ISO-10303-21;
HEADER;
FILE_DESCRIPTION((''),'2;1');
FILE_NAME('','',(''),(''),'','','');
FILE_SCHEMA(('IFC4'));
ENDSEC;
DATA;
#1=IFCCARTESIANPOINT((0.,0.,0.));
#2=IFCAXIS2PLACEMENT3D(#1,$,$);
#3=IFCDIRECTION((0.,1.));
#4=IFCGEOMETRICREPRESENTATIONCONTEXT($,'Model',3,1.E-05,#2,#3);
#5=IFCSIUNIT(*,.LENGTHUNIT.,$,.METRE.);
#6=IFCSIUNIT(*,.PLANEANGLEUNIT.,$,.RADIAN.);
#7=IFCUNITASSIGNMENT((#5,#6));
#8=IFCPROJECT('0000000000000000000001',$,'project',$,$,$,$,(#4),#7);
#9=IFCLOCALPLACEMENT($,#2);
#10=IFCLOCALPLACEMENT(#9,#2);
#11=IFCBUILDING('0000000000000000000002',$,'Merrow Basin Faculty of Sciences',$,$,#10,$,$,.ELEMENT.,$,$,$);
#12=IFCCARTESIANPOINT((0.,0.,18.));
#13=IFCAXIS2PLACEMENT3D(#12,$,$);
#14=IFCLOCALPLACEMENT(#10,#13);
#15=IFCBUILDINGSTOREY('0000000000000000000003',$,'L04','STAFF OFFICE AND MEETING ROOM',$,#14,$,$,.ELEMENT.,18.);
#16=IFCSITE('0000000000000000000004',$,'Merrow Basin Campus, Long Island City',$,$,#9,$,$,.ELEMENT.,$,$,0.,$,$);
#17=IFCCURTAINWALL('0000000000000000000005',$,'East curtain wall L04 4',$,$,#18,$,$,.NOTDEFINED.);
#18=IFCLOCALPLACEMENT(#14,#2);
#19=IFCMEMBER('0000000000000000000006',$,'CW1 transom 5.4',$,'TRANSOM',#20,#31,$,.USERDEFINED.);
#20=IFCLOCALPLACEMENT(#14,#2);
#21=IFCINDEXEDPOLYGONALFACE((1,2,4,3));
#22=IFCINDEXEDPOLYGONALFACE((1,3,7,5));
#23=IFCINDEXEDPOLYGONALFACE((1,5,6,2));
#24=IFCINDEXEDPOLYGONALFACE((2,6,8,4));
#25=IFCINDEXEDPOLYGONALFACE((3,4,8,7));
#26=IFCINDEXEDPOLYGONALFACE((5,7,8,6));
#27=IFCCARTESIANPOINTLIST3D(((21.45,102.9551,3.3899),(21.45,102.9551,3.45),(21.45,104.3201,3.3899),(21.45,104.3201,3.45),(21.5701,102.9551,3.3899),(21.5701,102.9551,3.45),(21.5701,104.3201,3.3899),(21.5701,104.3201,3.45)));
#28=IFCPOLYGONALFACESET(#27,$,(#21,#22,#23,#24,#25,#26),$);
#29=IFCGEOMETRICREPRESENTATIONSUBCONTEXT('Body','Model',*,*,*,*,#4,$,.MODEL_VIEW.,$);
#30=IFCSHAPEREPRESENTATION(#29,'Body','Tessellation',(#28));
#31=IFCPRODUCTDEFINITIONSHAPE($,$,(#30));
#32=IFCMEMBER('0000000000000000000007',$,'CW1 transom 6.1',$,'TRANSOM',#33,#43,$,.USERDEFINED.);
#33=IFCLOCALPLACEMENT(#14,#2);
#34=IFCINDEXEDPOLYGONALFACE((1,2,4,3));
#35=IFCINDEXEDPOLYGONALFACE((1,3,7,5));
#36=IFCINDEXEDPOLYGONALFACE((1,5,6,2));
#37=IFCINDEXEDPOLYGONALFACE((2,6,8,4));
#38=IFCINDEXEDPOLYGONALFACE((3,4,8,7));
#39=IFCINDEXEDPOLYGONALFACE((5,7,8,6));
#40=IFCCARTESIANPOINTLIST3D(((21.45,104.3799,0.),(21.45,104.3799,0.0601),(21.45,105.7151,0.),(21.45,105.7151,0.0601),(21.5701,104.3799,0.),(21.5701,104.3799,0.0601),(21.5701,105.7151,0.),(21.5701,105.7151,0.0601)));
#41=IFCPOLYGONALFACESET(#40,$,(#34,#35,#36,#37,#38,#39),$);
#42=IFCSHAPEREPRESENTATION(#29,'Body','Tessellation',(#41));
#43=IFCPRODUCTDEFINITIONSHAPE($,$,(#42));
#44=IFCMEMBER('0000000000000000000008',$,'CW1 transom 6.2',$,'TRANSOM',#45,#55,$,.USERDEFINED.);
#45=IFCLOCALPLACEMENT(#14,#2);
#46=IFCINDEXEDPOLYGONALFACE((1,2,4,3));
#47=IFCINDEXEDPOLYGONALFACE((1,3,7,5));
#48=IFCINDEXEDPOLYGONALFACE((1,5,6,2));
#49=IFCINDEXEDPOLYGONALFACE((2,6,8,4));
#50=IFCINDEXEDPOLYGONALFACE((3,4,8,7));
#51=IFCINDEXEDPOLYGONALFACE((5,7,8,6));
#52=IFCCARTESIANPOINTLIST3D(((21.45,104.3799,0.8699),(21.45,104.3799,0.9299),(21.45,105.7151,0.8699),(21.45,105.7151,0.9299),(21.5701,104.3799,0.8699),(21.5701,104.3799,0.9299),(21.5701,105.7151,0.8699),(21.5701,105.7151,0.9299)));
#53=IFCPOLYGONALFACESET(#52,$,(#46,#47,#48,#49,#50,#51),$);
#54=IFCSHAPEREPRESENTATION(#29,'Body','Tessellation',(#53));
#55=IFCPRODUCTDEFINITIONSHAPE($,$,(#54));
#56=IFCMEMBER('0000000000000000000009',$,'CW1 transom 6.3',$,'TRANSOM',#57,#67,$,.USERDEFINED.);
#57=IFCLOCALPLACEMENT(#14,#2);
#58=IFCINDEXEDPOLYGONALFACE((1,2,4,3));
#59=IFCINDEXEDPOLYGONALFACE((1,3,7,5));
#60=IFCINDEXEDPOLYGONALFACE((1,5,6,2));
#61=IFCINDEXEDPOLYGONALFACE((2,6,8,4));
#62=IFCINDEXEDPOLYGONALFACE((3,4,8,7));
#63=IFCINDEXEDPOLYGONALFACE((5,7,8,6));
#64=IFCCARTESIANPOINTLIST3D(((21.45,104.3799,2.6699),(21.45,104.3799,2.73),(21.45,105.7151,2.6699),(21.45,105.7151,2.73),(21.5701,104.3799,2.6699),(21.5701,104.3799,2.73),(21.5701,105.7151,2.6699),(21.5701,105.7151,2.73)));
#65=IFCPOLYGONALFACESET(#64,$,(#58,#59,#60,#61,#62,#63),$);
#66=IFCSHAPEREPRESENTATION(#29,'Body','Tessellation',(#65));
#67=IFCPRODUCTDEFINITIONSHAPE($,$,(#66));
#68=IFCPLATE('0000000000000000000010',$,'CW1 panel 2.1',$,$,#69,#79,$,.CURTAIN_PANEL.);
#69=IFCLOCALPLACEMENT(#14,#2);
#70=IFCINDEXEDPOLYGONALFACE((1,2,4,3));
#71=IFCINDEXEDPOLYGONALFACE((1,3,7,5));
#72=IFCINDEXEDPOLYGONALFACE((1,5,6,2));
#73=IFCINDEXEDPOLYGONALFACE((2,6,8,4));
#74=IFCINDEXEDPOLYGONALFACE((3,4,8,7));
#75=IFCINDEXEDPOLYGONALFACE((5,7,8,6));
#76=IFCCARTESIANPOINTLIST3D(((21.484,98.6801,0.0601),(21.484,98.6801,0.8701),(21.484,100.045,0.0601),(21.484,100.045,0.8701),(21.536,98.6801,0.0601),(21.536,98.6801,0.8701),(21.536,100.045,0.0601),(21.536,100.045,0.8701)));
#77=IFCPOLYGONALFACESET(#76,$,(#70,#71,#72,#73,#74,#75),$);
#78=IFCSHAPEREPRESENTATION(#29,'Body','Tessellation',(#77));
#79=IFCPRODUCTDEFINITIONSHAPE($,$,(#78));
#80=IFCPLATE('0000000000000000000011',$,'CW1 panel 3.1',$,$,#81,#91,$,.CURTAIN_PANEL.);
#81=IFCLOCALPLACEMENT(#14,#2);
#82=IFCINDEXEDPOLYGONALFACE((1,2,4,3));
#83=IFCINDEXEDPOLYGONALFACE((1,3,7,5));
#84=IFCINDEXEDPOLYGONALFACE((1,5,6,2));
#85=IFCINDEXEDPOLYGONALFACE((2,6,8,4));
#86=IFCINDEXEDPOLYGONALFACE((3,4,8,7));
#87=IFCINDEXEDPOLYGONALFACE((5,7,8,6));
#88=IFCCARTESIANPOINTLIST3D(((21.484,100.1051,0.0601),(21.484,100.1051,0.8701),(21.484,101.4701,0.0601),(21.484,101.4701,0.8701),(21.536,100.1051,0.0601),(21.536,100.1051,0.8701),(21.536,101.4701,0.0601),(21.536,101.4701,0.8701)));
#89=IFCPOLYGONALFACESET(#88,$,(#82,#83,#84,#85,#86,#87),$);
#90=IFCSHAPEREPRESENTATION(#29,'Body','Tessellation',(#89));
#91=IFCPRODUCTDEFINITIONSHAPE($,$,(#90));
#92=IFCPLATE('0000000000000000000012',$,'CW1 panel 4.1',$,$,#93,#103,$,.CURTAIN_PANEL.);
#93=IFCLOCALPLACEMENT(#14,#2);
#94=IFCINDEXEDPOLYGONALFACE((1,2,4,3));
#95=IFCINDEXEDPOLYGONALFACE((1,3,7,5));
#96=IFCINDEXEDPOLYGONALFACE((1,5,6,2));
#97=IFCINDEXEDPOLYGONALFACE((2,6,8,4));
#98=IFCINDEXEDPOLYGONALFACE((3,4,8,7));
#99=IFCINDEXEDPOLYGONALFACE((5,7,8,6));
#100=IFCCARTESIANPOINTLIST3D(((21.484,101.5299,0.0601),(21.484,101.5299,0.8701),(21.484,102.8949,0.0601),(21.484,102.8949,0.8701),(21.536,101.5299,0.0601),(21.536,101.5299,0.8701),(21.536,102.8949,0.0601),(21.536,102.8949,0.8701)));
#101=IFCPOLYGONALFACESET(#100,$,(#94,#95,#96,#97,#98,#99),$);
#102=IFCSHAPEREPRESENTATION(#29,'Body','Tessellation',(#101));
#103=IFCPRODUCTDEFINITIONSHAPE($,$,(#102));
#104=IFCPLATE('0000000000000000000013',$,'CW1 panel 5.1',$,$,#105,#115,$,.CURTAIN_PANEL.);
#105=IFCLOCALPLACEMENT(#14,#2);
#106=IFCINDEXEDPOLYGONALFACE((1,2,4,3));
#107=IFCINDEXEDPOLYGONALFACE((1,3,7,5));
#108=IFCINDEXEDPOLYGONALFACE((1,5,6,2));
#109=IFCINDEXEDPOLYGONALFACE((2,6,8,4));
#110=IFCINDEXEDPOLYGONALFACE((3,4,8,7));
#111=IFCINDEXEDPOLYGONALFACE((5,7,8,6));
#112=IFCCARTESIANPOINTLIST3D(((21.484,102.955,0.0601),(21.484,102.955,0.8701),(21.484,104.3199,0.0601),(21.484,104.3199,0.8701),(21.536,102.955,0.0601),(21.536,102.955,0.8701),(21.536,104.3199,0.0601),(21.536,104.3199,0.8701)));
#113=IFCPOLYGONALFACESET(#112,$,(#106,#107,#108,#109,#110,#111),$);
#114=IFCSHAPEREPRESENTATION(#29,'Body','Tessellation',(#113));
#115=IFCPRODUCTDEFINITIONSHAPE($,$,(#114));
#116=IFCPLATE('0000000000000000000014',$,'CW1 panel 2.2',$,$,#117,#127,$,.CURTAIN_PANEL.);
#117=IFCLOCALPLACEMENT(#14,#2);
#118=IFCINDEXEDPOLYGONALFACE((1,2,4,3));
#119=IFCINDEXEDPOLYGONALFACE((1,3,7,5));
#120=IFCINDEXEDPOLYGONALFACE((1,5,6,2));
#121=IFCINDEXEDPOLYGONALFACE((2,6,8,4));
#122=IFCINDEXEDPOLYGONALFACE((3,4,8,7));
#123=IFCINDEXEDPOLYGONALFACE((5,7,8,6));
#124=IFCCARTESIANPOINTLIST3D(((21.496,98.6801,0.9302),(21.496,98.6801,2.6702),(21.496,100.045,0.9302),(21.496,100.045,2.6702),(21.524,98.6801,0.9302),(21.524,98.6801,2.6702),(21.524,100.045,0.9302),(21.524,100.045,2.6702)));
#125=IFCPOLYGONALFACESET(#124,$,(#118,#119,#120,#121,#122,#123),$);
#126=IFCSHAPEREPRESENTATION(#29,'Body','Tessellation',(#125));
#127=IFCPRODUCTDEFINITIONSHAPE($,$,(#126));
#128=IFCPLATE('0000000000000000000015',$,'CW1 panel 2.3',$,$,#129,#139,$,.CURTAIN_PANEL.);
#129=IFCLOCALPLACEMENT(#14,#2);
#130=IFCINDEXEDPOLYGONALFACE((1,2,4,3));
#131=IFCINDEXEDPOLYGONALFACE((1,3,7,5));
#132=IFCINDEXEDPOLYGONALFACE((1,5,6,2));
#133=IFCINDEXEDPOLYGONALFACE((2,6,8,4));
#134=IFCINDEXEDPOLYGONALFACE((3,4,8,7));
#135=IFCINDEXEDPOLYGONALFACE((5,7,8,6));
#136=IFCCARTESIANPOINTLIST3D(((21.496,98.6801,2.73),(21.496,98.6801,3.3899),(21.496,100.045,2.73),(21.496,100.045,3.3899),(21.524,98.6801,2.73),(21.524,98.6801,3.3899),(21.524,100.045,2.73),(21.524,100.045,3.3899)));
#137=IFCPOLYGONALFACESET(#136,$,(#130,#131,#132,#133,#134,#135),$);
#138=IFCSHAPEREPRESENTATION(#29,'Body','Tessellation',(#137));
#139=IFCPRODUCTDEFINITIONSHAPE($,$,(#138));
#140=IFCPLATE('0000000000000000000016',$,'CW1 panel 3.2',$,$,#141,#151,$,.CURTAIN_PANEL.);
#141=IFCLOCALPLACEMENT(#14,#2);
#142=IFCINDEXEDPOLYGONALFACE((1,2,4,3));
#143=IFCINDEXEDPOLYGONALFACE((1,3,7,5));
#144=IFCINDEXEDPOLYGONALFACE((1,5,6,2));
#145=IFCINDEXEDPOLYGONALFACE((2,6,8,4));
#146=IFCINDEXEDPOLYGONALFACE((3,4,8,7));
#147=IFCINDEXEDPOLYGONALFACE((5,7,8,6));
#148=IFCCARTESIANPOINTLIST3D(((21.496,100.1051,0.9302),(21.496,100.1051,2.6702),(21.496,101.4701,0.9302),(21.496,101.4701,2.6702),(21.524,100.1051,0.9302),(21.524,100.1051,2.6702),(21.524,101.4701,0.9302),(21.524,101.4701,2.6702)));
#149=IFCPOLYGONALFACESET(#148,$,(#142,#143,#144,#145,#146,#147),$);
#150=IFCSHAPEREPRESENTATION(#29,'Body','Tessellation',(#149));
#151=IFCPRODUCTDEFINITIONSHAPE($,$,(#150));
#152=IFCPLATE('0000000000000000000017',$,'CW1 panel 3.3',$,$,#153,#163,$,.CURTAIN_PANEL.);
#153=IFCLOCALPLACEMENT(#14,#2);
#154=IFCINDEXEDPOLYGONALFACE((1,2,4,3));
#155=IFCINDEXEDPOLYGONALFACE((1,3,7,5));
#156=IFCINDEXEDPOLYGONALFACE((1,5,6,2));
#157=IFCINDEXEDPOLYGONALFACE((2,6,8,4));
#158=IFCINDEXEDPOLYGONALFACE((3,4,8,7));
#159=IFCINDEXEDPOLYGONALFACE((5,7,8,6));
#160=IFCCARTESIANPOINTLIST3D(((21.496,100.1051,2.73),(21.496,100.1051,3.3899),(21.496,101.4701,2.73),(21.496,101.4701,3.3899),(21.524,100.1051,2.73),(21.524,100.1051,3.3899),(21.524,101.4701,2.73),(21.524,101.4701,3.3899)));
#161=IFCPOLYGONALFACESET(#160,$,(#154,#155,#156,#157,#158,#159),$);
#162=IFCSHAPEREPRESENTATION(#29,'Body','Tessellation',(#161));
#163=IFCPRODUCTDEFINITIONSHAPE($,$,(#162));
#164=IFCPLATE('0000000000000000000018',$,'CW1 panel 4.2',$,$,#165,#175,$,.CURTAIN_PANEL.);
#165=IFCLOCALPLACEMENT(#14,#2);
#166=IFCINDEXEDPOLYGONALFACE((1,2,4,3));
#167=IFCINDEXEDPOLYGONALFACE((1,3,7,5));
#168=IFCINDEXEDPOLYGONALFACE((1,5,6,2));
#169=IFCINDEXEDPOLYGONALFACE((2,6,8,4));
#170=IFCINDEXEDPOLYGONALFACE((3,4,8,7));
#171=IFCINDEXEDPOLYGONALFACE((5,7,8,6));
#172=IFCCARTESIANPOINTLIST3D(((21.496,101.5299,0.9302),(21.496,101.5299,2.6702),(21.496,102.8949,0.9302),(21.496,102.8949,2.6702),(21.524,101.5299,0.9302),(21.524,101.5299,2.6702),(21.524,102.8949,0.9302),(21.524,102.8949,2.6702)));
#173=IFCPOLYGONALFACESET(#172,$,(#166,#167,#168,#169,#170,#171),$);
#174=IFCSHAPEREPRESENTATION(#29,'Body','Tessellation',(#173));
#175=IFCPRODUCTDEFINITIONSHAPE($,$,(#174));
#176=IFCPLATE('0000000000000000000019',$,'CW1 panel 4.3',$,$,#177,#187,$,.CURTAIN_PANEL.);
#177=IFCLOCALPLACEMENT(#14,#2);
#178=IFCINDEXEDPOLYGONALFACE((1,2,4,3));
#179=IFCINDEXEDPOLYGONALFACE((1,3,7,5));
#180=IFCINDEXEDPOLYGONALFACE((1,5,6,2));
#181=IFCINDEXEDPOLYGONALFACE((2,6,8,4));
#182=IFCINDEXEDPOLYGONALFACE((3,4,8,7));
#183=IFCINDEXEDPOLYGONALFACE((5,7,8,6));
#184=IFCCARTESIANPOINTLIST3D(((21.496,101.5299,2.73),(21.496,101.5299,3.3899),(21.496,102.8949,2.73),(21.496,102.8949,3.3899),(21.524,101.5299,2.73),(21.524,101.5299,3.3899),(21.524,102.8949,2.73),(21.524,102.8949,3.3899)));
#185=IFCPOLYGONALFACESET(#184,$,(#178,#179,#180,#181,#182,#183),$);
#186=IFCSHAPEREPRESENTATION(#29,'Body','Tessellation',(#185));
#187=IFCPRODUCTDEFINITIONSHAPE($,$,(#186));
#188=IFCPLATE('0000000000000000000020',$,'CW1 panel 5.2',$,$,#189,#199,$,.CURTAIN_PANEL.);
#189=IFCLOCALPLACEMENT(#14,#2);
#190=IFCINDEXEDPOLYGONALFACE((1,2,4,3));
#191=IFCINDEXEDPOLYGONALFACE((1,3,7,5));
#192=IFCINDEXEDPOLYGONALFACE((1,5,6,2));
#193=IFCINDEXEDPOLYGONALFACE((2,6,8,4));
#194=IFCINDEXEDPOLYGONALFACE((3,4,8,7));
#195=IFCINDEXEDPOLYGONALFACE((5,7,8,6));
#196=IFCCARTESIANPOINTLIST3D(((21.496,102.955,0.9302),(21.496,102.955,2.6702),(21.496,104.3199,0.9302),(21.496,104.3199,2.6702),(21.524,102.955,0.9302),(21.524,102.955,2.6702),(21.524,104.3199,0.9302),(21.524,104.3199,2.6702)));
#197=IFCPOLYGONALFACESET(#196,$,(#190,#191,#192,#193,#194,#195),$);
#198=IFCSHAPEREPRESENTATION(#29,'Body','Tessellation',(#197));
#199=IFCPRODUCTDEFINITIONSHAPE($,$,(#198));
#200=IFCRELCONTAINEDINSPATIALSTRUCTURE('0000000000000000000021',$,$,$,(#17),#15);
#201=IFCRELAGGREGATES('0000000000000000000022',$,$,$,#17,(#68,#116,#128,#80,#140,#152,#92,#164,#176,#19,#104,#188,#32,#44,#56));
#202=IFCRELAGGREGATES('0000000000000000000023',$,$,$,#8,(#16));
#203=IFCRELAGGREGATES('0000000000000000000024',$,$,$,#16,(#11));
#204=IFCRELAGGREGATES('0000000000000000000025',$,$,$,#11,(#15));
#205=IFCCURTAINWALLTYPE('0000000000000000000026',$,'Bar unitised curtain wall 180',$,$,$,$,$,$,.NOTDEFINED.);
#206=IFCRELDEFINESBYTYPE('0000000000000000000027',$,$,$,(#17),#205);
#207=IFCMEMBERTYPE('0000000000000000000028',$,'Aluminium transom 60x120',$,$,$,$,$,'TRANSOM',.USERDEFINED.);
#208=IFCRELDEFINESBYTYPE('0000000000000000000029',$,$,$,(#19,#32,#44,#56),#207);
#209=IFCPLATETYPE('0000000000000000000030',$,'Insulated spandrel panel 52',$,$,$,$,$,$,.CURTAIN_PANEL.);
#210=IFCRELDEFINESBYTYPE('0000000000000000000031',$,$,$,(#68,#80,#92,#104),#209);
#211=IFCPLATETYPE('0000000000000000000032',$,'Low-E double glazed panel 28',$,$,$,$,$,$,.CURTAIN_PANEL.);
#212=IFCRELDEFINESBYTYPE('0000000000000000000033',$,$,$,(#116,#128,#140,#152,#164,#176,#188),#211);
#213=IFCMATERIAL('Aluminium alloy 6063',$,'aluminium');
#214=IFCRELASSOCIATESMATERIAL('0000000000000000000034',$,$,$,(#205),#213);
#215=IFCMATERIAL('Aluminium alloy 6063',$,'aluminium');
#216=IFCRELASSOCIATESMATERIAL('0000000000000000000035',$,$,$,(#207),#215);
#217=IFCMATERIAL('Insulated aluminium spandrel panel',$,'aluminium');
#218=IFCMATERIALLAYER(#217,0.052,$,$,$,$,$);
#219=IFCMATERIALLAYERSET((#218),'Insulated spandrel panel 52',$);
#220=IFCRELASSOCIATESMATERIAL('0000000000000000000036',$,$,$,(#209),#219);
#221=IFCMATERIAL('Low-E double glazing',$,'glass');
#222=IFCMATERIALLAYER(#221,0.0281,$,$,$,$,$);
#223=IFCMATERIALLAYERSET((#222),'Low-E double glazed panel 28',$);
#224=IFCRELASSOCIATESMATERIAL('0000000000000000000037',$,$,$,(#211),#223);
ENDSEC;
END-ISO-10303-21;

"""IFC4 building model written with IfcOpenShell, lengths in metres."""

from ifc_helpers import new_model, si_unit, direction, frame, origin, origin_2d, place, context, subcontext, project, spatial, rectangle, extrude, material, layer, layer_set, material_profile, profile_set, type_object, element, aggregate, save


model = new_model("IFC4")

# Units and contexts
model_context = context("Model", 3, precision=1e-05, world=origin(), true_north=direction((0.0, 1.0)))
body_context = subcontext(model_context, "Body", "Model", "MODEL_VIEW")
ifc_project = project(units=[si_unit("LENGTHUNIT", "METRE"), si_unit("PLANEANGLEUNIT", "RADIAN")], contexts=[model_context])

# Site, building, storey
site_placement = place(None, origin())
site = spatial("IfcSite", under=ifc_project, at=site_placement, Name="Merrow Basin Campus, Long Island City", CompositionType="ELEMENT", RefElevation=0.0)
building_placement = place(site_placement, origin())
building = spatial("IfcBuilding", under=site, at=building_placement, Name="Merrow Basin Faculty of Sciences", CompositionType="ELEMENT")
storey_placement = place(building_placement, frame((0.0, 0.0, 18.0)))
storey = spatial("IfcBuildingStorey", under=building, at=storey_placement, Name="L04", Description="STAFF OFFICE AND MEETING ROOM", CompositionType="ELEMENT", Elevation=18.0)

# Curtain wall, members, plates
ifc_material_1 = material(Name="Aluminium alloy 6063", Category="aluminium")
curtain_wall_type = type_object("IfcCurtainWallType", Name="Bar unitised curtain wall 180", PredefinedType="NOTDEFINED", material=ifc_material_1)
curtain_wall_placement = place(storey_placement, origin())
curtain_wall = element("IfcCurtainWall", 1, at=curtain_wall_placement, inside=storey, type_object=curtain_wall_type, Name="East curtain wall L04 4", PredefinedType="NOTDEFINED")
ifc_material_2 = material(Name="Aluminium alloy 6063", Category="aluminium")
ifc_material_profile_1 = material_profile(ifc_material_2, rectangle(XDim=0.1201, YDim=0.0601, at=origin_2d()))
ifc_profile_set_1 = profile_set([ifc_material_profile_1], Name="Aluminium alloy 6063")
member_type_1 = type_object("IfcMemberType", Name="Aluminium transom 60x120", ElementType="TRANSOM", PredefinedType="USERDEFINED", material=ifc_profile_set_1)
member_1_placement = place(storey_placement, frame((21.51, 102.9551, 3.4199), z_axis=(0.0, 1.0, 0.0), x_axis=(-1.0, 0.0, 0.0)))
member_1 = element("IfcMember", 2, at=member_1_placement, type_object=member_type_1, Name="CW1 transom 5.4", ObjectType="TRANSOM", PredefinedType="USERDEFINED", context=body_context, shape_type="SweptSolid", body=[
    extrude(rectangle(XDim=0.1201, YDim=0.0601, at=origin_2d()), origin(), (0.0, 0.0, 1.0), 1.365),
])
member_2_placement = place(storey_placement, frame((21.51, 104.3799, 0.03), z_axis=(0.0, 1.0, 0.0), x_axis=(-1.0, 0.0, 0.0)))
member_2 = element("IfcMember", 3, at=member_2_placement, type_object=member_type_1, Name="CW1 transom 6.1", ObjectType="TRANSOM", PredefinedType="USERDEFINED", context=body_context, shape_type="SweptSolid", body=[
    extrude(rectangle(XDim=0.1201, YDim=0.0601, at=origin_2d()), origin(), (0.0, 0.0, 1.0), 1.3352),
])
member_3_placement = place(storey_placement, frame((21.51, 104.3799, 0.8999), z_axis=(0.0, 1.0, 0.0), x_axis=(-1.0, 0.0, 0.0)))
member_3 = element("IfcMember", 4, at=member_3_placement, type_object=member_type_1, Name="CW1 transom 6.2", ObjectType="TRANSOM", PredefinedType="USERDEFINED", context=body_context, shape_type="SweptSolid", body=[
    extrude(rectangle(XDim=0.1201, YDim=0.0601, at=origin_2d()), origin(), (0.0, 0.0, 1.0), 1.3352),
])
member_4_placement = place(storey_placement, frame((21.51, 104.3799, 2.7), z_axis=(0.0, 1.0, 0.0), x_axis=(-1.0, 0.0, 0.0)))
member_4 = element("IfcMember", 5, at=member_4_placement, type_object=member_type_1, Name="CW1 transom 6.3", ObjectType="TRANSOM", PredefinedType="USERDEFINED", context=body_context, shape_type="SweptSolid", body=[
    extrude(rectangle(XDim=0.1201, YDim=0.0601, at=origin_2d()), origin(), (0.0, 0.0, 1.0), 1.3352),
])
ifc_material_3 = material(Name="Insulated aluminium spandrel panel", Category="aluminium")
ifc_layer_1 = layer(ifc_material_3, 0.052)
ifc_layer_set_1 = layer_set([ifc_layer_1], Name="Insulated spandrel panel 52")
plate_type_1 = type_object("IfcPlateType", Name="Insulated spandrel panel 52", PredefinedType="CURTAIN_PANEL", material=ifc_layer_set_1)
plate_1_placement = place(storey_placement, frame((21.51, 99.3625, 0.0601), z_axis=(0.0, 0.0, 1.0), x_axis=(0.0, 1.0, 0.0)))
plate_1 = element("IfcPlate", 6, at=plate_1_placement, type_object=plate_type_1, Name="CW1 panel 2.1", PredefinedType="CURTAIN_PANEL", context=body_context, shape_type="SweptSolid", body=[
    extrude(rectangle(XDim=1.365, YDim=0.052, at=origin_2d()), origin(), (0.0, 0.0, 1.0), 0.8101),
])
plate_2_placement = place(storey_placement, frame((21.51, 100.7876, 0.0601), z_axis=(0.0, 0.0, 1.0), x_axis=(0.0, 1.0, 0.0)))
plate_2 = element("IfcPlate", 7, at=plate_2_placement, type_object=plate_type_1, Name="CW1 panel 3.1", PredefinedType="CURTAIN_PANEL", context=body_context, shape_type="SweptSolid", body=[
    extrude(rectangle(XDim=1.365, YDim=0.052, at=origin_2d()), origin(), (0.0, 0.0, 1.0), 0.8101),
])
plate_3_placement = place(storey_placement, frame((21.51, 102.2124, 0.0601), z_axis=(0.0, 0.0, 1.0), x_axis=(0.0, 1.0, 0.0)))
plate_3 = element("IfcPlate", 8, at=plate_3_placement, type_object=plate_type_1, Name="CW1 panel 4.1", PredefinedType="CURTAIN_PANEL", context=body_context, shape_type="SweptSolid", body=[
    extrude(rectangle(XDim=1.365, YDim=0.052, at=origin_2d()), origin(), (0.0, 0.0, 1.0), 0.8101),
])
plate_4_placement = place(storey_placement, frame((21.51, 103.6375, 0.0601), z_axis=(0.0, 0.0, 1.0), x_axis=(0.0, 1.0, 0.0)))
plate_4 = element("IfcPlate", 9, at=plate_4_placement, type_object=plate_type_1, Name="CW1 panel 5.1", PredefinedType="CURTAIN_PANEL", context=body_context, shape_type="SweptSolid", body=[
    extrude(rectangle(XDim=1.365, YDim=0.052, at=origin_2d()), origin(), (0.0, 0.0, 1.0), 0.8101),
])
ifc_material_4 = material(Name="Low-E double glazing", Category="glass")
ifc_layer_2 = layer(ifc_material_4, 0.0281)
ifc_layer_set_2 = layer_set([ifc_layer_2], Name="Low-E double glazed panel 28")
plate_type_2 = type_object("IfcPlateType", Name="Low-E double glazed panel 28", PredefinedType="CURTAIN_PANEL", material=ifc_layer_set_2)
plate_5_placement = place(storey_placement, frame((21.51, 99.3625, 0.9302), z_axis=(0.0, 0.0, 1.0), x_axis=(0.0, 1.0, 0.0)))
plate_5 = element("IfcPlate", 10, at=plate_5_placement, type_object=plate_type_2, Name="CW1 panel 2.2", PredefinedType="CURTAIN_PANEL", context=body_context, shape_type="SweptSolid", body=[
    extrude(rectangle(XDim=1.365, YDim=0.0281, at=origin_2d()), origin(), (0.0, 0.0, 1.0), 1.74),
])
plate_6_placement = place(storey_placement, frame((21.51, 99.3625, 2.73), z_axis=(0.0, 0.0, 1.0), x_axis=(0.0, 1.0, 0.0)))
plate_6 = element("IfcPlate", 11, at=plate_6_placement, type_object=plate_type_2, Name="CW1 panel 2.3", PredefinedType="CURTAIN_PANEL", context=body_context, shape_type="SweptSolid", body=[
    extrude(rectangle(XDim=1.365, YDim=0.0281, at=origin_2d()), origin(), (0.0, 0.0, 1.0), 0.6599),
])
plate_7_placement = place(storey_placement, frame((21.51, 100.7876, 0.9302), z_axis=(0.0, 0.0, 1.0), x_axis=(0.0, 1.0, 0.0)))
plate_7 = element("IfcPlate", 12, at=plate_7_placement, type_object=plate_type_2, Name="CW1 panel 3.2", PredefinedType="CURTAIN_PANEL", context=body_context, shape_type="SweptSolid", body=[
    extrude(rectangle(XDim=1.365, YDim=0.0281, at=origin_2d()), origin(), (0.0, 0.0, 1.0), 1.74),
])
plate_8_placement = place(storey_placement, frame((21.51, 100.7876, 2.73), z_axis=(0.0, 0.0, 1.0), x_axis=(0.0, 1.0, 0.0)))
plate_8 = element("IfcPlate", 13, at=plate_8_placement, type_object=plate_type_2, Name="CW1 panel 3.3", PredefinedType="CURTAIN_PANEL", context=body_context, shape_type="SweptSolid", body=[
    extrude(rectangle(XDim=1.365, YDim=0.0281, at=origin_2d()), origin(), (0.0, 0.0, 1.0), 0.6599),
])
plate_9_placement = place(storey_placement, frame((21.51, 102.2124, 0.9302), z_axis=(0.0, 0.0, 1.0), x_axis=(0.0, 1.0, 0.0)))
plate_9 = element("IfcPlate", 14, at=plate_9_placement, type_object=plate_type_2, Name="CW1 panel 4.2", PredefinedType="CURTAIN_PANEL", context=body_context, shape_type="SweptSolid", body=[
    extrude(rectangle(XDim=1.365, YDim=0.0281, at=origin_2d()), origin(), (0.0, 0.0, 1.0), 1.74),
])
plate_10_placement = place(storey_placement, frame((21.51, 102.2124, 2.73), z_axis=(0.0, 0.0, 1.0), x_axis=(0.0, 1.0, 0.0)))
plate_10 = element("IfcPlate", 15, at=plate_10_placement, type_object=plate_type_2, Name="CW1 panel 4.3", PredefinedType="CURTAIN_PANEL", context=body_context, shape_type="SweptSolid", body=[
    extrude(rectangle(XDim=1.365, YDim=0.0281, at=origin_2d()), origin(), (0.0, 0.0, 1.0), 0.6599),
])
plate_11_placement = place(storey_placement, frame((21.51, 103.6375, 0.9302), z_axis=(0.0, 0.0, 1.0), x_axis=(0.0, 1.0, 0.0)))
plate_11 = element("IfcPlate", 16, at=plate_11_placement, type_object=plate_type_2, Name="CW1 panel 5.2", PredefinedType="CURTAIN_PANEL", context=body_context, shape_type="SweptSolid", body=[
    extrude(rectangle(XDim=1.365, YDim=0.0281, at=origin_2d()), origin(), (0.0, 0.0, 1.0), 1.74),
])
aggregate(curtain_wall, [plate_1, plate_5, plate_6, plate_2, plate_7, plate_8, plate_3, plate_9, plate_10, member_1, plate_4, plate_11, member_2, member_3, member_4])

save(model, "model.ifc")
